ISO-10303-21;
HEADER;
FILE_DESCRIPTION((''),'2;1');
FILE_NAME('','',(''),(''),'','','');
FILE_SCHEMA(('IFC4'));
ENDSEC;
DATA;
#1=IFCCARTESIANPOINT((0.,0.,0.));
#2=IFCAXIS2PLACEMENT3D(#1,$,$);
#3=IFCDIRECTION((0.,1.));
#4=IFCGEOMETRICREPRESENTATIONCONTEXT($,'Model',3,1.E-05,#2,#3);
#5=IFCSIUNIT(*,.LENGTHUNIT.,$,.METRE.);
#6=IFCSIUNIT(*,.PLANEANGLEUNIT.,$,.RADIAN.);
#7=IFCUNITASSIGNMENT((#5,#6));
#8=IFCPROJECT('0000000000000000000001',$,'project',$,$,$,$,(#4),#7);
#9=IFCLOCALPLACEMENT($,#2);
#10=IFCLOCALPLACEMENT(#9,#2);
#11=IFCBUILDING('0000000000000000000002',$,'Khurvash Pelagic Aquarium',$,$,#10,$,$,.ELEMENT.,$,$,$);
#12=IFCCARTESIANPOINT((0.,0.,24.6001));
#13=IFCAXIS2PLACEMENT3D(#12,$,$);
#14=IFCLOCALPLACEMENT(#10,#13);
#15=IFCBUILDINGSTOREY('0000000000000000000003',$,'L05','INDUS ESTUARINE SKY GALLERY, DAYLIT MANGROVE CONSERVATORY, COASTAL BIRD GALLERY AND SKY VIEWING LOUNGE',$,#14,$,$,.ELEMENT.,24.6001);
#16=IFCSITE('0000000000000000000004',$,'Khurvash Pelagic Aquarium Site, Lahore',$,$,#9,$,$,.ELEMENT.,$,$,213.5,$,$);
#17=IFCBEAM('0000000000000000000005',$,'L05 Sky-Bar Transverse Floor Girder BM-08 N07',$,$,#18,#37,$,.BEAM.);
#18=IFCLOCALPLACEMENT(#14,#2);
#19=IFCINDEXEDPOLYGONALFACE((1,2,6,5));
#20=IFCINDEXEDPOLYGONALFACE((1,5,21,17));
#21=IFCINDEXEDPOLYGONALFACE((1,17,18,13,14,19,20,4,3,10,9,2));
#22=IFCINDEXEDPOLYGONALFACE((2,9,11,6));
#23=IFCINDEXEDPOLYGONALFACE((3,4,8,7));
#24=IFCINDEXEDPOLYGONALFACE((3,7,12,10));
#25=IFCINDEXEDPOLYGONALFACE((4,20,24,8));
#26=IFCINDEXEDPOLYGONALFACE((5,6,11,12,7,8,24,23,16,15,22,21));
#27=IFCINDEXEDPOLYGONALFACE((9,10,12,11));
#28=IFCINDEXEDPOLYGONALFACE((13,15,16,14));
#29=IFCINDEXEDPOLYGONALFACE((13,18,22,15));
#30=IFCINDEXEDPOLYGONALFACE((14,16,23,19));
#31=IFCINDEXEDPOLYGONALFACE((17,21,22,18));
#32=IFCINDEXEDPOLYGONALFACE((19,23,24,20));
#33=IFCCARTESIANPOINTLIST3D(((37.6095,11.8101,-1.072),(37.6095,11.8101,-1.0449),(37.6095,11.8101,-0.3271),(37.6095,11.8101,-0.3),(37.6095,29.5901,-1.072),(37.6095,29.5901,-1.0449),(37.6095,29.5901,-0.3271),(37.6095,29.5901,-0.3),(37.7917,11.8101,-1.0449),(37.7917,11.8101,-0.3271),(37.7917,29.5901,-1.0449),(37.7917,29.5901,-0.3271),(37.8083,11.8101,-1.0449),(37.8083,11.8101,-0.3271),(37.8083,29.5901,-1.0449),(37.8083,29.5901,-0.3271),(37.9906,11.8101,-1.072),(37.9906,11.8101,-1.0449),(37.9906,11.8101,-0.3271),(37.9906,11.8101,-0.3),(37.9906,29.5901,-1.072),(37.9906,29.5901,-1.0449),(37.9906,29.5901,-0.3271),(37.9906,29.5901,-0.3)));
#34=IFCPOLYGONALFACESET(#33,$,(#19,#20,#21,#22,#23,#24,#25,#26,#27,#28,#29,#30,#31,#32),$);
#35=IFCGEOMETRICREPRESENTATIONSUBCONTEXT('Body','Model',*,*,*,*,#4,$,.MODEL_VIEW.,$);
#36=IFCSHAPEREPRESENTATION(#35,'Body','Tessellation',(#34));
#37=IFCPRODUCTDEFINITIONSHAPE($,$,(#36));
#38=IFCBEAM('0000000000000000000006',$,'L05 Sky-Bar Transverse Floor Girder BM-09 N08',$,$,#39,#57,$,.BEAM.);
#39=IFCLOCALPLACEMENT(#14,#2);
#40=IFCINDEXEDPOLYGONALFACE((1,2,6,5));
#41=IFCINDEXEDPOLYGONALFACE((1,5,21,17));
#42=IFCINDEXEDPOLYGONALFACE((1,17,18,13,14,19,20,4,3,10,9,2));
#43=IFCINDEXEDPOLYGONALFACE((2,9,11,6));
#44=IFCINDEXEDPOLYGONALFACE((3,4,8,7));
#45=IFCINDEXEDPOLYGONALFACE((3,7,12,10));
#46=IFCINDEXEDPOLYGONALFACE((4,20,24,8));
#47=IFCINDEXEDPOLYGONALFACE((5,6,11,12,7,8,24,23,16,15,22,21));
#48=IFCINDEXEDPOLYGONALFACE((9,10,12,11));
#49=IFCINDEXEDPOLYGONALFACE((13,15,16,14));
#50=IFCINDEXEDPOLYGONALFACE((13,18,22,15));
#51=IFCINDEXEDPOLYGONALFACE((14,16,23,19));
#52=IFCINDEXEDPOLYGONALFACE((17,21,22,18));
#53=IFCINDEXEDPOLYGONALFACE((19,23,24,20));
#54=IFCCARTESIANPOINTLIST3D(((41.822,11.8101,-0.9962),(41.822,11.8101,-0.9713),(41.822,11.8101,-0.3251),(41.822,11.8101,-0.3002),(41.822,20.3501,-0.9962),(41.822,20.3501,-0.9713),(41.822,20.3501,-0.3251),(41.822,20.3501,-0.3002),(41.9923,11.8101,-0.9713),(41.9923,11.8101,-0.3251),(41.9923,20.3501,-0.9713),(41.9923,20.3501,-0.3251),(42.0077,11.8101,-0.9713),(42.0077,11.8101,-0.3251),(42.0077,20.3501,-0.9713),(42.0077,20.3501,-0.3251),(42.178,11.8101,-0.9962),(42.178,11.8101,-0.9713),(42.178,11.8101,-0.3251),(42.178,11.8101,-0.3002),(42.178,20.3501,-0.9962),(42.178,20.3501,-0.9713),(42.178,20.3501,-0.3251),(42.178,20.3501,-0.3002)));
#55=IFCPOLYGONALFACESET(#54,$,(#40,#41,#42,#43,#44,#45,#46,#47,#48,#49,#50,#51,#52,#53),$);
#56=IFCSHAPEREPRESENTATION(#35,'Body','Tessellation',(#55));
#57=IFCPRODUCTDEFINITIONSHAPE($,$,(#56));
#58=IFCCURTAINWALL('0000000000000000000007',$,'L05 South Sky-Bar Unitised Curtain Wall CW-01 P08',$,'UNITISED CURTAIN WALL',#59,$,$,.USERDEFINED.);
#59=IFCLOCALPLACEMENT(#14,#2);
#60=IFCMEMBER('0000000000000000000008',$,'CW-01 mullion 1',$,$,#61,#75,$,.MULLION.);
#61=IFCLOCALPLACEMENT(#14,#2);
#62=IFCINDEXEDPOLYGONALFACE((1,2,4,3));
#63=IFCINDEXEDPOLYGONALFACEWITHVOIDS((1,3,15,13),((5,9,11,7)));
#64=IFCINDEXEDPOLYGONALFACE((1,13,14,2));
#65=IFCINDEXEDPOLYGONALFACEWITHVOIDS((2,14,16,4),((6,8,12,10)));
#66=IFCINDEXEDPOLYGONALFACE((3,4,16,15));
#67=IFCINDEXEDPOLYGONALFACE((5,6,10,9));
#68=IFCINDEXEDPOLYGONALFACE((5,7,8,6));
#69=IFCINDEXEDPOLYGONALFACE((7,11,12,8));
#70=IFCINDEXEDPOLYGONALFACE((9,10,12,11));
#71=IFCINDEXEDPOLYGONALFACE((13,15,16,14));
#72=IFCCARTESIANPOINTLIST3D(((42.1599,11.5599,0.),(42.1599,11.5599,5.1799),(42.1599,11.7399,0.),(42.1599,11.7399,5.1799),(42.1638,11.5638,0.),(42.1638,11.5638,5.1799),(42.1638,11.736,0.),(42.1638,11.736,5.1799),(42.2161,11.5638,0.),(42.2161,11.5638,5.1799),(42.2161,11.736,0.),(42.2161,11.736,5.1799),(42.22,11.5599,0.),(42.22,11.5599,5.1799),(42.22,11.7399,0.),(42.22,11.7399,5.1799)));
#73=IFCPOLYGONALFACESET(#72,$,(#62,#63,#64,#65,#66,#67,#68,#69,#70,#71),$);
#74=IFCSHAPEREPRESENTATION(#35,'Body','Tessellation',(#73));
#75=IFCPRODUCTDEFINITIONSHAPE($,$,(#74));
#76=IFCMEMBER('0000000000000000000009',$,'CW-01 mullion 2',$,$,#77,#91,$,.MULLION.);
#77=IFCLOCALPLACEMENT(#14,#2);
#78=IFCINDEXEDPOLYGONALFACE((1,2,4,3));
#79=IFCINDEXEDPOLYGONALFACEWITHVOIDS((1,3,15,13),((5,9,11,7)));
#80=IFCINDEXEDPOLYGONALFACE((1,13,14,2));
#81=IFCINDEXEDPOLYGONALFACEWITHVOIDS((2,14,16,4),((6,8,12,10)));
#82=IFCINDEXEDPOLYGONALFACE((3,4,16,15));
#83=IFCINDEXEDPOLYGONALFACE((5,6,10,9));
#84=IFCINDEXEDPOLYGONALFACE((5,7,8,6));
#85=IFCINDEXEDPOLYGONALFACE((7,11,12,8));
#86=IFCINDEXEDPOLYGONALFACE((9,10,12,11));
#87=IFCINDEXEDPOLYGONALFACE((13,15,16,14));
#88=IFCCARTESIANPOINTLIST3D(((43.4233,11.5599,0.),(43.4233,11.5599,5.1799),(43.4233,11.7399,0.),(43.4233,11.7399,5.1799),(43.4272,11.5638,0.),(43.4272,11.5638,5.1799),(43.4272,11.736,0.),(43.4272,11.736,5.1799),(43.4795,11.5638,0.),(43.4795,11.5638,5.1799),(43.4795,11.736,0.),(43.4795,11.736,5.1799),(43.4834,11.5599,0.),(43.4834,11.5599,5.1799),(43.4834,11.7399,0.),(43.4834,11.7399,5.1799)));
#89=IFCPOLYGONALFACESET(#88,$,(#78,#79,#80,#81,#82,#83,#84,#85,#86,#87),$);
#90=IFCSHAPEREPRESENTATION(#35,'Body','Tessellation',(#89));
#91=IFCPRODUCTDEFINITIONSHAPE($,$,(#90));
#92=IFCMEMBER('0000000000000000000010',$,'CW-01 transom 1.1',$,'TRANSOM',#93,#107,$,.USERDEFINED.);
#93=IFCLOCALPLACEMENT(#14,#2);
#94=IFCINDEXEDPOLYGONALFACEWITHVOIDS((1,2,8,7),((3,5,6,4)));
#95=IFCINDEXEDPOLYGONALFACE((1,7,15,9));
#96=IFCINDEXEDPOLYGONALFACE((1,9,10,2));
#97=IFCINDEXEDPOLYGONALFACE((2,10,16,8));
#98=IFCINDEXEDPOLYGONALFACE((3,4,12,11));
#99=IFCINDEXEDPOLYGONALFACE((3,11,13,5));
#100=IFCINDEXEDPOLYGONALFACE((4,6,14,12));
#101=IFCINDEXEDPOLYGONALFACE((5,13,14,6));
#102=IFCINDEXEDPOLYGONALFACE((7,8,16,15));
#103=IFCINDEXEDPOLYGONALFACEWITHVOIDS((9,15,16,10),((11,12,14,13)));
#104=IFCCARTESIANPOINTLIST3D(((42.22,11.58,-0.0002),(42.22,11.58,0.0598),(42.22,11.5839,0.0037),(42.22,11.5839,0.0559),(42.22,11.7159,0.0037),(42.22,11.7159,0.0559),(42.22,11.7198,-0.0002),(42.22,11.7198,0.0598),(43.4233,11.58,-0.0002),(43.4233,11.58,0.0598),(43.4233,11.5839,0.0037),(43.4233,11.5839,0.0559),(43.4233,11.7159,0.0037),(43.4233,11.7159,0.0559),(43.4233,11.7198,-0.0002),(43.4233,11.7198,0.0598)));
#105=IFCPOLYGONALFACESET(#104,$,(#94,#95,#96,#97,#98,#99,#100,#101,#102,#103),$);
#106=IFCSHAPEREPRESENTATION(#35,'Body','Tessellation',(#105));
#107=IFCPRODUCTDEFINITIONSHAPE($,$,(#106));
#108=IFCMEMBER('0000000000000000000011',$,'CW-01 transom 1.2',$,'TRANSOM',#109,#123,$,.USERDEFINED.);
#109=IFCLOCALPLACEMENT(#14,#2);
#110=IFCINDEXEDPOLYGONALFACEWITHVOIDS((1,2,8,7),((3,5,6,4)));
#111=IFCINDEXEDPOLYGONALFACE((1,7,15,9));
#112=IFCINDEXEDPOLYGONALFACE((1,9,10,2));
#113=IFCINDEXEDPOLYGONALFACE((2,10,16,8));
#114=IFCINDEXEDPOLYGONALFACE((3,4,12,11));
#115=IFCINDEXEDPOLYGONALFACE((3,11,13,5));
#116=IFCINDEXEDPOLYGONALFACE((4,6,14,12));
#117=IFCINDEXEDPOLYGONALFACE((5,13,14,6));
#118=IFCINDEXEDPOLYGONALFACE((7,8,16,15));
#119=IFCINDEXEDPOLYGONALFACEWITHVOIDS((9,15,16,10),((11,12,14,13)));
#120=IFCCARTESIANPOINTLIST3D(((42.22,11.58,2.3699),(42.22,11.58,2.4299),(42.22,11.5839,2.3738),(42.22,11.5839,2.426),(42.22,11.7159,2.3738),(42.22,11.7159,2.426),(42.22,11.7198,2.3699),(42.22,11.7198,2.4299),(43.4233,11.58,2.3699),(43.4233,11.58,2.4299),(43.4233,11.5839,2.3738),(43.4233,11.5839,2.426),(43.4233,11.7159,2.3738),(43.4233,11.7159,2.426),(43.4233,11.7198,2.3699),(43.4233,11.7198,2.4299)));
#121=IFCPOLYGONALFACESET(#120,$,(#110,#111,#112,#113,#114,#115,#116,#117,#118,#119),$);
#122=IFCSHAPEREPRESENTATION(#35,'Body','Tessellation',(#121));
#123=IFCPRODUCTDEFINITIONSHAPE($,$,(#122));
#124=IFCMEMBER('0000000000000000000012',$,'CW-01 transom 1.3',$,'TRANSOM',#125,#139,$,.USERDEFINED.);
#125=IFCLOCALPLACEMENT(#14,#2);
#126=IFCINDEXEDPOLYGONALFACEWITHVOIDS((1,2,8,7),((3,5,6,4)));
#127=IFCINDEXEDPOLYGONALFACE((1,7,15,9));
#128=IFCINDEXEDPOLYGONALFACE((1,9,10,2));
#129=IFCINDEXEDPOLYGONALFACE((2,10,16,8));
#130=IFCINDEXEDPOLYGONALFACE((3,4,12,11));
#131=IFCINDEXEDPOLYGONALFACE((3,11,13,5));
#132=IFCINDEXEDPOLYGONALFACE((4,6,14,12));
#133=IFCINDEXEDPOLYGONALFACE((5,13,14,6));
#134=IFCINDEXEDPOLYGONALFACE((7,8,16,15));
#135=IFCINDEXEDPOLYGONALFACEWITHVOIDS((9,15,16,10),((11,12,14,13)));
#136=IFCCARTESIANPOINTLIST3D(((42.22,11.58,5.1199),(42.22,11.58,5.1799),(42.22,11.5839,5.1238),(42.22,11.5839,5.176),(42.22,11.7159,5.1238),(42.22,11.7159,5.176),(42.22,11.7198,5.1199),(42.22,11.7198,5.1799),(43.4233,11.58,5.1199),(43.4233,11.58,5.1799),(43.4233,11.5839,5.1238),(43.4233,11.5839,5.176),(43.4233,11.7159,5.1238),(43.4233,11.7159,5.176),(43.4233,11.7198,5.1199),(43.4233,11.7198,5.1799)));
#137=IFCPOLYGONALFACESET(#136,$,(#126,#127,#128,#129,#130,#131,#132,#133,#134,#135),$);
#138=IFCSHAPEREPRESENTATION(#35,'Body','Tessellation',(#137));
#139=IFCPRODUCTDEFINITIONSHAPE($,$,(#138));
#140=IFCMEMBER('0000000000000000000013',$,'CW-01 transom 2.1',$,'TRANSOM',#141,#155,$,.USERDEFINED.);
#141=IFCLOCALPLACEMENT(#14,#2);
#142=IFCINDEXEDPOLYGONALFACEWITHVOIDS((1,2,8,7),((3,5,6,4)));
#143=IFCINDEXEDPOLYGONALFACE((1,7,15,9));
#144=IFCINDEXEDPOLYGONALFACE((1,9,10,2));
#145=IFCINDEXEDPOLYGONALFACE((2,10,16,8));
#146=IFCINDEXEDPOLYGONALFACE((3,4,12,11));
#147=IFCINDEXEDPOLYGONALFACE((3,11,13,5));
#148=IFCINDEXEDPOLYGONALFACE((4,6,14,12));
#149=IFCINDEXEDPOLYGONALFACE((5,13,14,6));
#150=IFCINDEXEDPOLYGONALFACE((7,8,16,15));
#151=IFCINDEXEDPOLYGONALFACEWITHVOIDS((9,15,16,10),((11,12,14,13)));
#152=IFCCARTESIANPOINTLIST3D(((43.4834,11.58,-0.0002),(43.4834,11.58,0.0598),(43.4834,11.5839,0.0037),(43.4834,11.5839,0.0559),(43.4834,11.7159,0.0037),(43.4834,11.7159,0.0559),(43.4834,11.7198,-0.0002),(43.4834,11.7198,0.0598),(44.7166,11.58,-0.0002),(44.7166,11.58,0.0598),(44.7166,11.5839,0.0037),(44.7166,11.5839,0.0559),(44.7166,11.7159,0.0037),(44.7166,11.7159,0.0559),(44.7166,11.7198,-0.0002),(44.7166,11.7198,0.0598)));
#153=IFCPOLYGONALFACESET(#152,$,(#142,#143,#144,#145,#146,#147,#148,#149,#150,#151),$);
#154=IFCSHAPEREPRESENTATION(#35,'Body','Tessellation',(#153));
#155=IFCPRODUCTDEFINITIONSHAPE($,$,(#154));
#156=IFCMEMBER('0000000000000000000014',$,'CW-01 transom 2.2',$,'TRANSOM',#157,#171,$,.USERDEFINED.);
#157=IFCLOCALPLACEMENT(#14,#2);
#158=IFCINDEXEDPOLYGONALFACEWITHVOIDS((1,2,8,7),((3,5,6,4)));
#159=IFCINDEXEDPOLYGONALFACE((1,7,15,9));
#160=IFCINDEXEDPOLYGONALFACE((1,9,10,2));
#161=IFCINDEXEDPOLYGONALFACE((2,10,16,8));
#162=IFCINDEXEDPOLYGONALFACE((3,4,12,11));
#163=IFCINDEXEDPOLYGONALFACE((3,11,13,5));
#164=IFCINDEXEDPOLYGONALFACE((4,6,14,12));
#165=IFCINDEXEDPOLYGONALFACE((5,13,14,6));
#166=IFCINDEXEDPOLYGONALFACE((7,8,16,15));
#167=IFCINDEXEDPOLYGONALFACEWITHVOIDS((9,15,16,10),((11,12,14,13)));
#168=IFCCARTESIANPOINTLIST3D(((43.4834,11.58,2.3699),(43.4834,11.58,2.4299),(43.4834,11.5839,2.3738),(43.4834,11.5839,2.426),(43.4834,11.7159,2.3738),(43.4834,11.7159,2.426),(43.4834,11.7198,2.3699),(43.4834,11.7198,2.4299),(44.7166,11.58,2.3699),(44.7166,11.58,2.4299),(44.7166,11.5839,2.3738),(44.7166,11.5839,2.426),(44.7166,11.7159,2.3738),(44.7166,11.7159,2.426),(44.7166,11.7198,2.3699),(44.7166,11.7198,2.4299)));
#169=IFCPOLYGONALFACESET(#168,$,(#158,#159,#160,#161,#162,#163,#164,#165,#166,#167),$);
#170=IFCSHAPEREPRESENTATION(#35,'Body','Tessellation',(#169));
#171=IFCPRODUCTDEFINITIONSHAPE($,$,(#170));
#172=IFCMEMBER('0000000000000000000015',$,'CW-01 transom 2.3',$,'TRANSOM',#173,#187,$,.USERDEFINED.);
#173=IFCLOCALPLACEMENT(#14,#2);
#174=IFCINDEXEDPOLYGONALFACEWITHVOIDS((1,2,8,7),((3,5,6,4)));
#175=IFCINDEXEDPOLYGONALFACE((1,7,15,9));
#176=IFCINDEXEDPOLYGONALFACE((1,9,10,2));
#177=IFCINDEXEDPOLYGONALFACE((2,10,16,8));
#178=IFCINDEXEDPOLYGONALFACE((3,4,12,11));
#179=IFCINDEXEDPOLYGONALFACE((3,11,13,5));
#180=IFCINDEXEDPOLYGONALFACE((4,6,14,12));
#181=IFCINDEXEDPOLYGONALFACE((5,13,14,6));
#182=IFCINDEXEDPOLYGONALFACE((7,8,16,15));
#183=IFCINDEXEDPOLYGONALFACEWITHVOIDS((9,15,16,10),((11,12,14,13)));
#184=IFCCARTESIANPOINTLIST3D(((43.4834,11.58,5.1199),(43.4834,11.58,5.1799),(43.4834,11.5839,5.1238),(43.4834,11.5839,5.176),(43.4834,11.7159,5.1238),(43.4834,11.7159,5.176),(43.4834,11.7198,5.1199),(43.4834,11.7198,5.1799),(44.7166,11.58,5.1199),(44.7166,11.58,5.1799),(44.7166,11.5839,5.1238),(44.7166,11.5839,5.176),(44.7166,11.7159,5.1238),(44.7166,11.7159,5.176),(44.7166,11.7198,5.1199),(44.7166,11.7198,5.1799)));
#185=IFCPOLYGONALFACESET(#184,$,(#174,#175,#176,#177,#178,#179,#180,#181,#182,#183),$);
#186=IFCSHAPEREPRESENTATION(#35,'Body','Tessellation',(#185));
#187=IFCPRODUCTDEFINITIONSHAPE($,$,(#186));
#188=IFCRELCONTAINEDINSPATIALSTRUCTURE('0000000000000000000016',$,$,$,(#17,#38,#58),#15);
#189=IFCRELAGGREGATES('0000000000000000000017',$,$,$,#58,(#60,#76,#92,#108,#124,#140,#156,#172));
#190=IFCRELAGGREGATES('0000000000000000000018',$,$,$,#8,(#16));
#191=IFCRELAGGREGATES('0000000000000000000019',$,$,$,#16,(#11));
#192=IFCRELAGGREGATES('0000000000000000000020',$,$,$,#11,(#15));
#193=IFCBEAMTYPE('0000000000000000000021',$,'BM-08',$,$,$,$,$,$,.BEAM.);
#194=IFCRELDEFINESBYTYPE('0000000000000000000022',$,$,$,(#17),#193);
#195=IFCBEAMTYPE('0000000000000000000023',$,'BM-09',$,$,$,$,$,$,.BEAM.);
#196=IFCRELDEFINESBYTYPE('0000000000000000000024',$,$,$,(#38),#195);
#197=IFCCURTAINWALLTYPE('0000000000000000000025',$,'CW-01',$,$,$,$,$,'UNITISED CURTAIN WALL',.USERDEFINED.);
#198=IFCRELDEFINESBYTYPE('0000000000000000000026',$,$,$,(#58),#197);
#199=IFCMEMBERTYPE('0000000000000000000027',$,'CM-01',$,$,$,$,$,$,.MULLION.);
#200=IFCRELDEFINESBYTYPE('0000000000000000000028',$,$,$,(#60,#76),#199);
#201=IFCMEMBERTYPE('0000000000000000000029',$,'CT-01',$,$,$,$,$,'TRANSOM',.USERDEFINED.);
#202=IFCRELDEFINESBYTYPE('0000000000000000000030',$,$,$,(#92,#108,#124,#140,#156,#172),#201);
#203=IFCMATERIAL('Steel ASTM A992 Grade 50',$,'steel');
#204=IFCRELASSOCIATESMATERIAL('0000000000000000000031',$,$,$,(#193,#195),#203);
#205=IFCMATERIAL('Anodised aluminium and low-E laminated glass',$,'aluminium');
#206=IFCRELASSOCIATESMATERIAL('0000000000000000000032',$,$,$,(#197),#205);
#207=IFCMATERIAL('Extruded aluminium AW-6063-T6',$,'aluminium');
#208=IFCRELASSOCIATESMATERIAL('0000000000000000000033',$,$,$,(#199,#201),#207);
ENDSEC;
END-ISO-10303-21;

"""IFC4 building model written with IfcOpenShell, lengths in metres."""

from ifc_helpers import new_model, si_unit, direction, frame, origin, origin_2d, place, context, subcontext, project, spatial, hollow_rectangle, i_section, extrude, material, material_profile, profile_set, type_object, element, aggregate, save


model = new_model("IFC4")

# Units and contexts
model_context = context("Model", 3, precision=1e-05, world=origin(), true_north=direction((0.0, 1.0)))
body_context = subcontext(model_context, "Body", "Model", "MODEL_VIEW")
ifc_project = project(units=[si_unit("LENGTHUNIT", "METRE"), si_unit("PLANEANGLEUNIT", "RADIAN")], contexts=[model_context])

# Site, building, storey
site_placement = place(None, origin())
site = spatial("IfcSite", under=ifc_project, at=site_placement, Name="Khurvash Pelagic Aquarium Site, Lahore", CompositionType="ELEMENT", RefElevation=213.5)
building_placement = place(site_placement, origin())
building = spatial("IfcBuilding", under=site, at=building_placement, Name="Khurvash Pelagic Aquarium", CompositionType="ELEMENT")
storey_placement = place(building_placement, frame((0.0, 0.0, 24.6001)))
storey = spatial("IfcBuildingStorey", under=building, at=storey_placement, Name="L05", Description="INDUS ESTUARINE SKY GALLERY, DAYLIT MANGROVE CONSERVATORY, COASTAL BIRD GALLERY AND SKY VIEWING LOUNGE", CompositionType="ELEMENT", Elevation=24.6001)

# Beams
ifc_material_1 = material(Name="Steel ASTM A992 Grade 50", Category="steel")
ifc_material_profile_1 = material_profile(ifc_material_1, i_section(OverallWidth=0.3811, OverallDepth=0.772, WebThickness=0.0166, FlangeThickness=0.0271, at=origin_2d()), Name="W30X173")
ifc_profile_set_1 = profile_set([ifc_material_profile_1], Name="Steel ASTM A992 Grade 50")
beam_type_1 = type_object("IfcBeamType", Name="BM-08", PredefinedType="BEAM", material=ifc_profile_set_1)
beam_1_placement = place(storey_placement, frame((37.8, 11.8101, -0.686), z_axis=(0.0, 1.0, 0.0), x_axis=(-1.0, 0.0, 0.0)))
element("IfcBeam", 1, at=beam_1_placement, inside=storey, type_object=beam_type_1, Name="L05 Sky-Bar Transverse Floor Girder BM-08 N07", PredefinedType="BEAM", context=body_context, shape_type="SweptSolid", body=[
    extrude(i_section(OverallWidth=0.3811, OverallDepth=0.772, WebThickness=0.0166, FlangeThickness=0.0271, at=origin_2d()), origin(), (0.0, 0.0, 1.0), 17.78),
])
ifc_material_profile_2 = material_profile(ifc_material_1, i_section(OverallWidth=0.356, OverallDepth=0.696, WebThickness=0.0154, FlangeThickness=0.0249, at=origin_2d()), Name="W27X146")
ifc_profile_set_2 = profile_set([ifc_material_profile_2], Name="Steel ASTM A992 Grade 50")
beam_type_2 = type_object("IfcBeamType", Name="BM-09", PredefinedType="BEAM", material=ifc_profile_set_2)
beam_2_placement = place(storey_placement, frame((42.0, 11.8101, -0.6482), z_axis=(0.0, 1.0, 0.0), x_axis=(-1.0, 0.0, 0.0)))
element("IfcBeam", 2, at=beam_2_placement, inside=storey, type_object=beam_type_2, Name="L05 Sky-Bar Transverse Floor Girder BM-09 N08", PredefinedType="BEAM", context=body_context, shape_type="SweptSolid", body=[
    extrude(i_section(OverallWidth=0.356, OverallDepth=0.696, WebThickness=0.0154, FlangeThickness=0.0249, at=origin_2d()), origin(), (0.0, 0.0, 1.0), 8.54),
])

# Curtain wall, members
ifc_material_2 = material(Name="Anodised aluminium and low-E laminated glass", Category="aluminium")
curtain_wall_type = type_object("IfcCurtainWallType", Name="CW-01", ElementType="UNITISED CURTAIN WALL", PredefinedType="USERDEFINED", material=ifc_material_2)
curtain_wall_placement = place(storey_placement, origin())
curtain_wall = element("IfcCurtainWall", 3, at=curtain_wall_placement, inside=storey, type_object=curtain_wall_type, Name="L05 South Sky-Bar Unitised Curtain Wall CW-01 P08", ObjectType="UNITISED CURTAIN WALL", PredefinedType="USERDEFINED")
ifc_material_3 = material(Name="Extruded aluminium AW-6063-T6", Category="aluminium")
ifc_material_profile_3 = material_profile(ifc_material_3, hollow_rectangle(XDim=0.0601, YDim=0.1799, WallThickness=0.0039, at=origin_2d()), Name="CWM60X180X4")
ifc_profile_set_3 = profile_set([ifc_material_profile_3], Name="Extruded aluminium AW-6063-T6")
member_type_1 = type_object("IfcMemberType", Name="CM-01", PredefinedType="MULLION", material=ifc_profile_set_3)
member_1_placement = place(storey_placement, frame((42.1899, 11.6499, 0.0), z_axis=(0.0, 0.0, 1.0), x_axis=(1.0, 0.0, 0.0)))
member_1 = element("IfcMember", 4, at=member_1_placement, type_object=member_type_1, Name="CW-01 mullion 1", PredefinedType="MULLION", context=body_context, shape_type="SweptSolid", body=[
    extrude(hollow_rectangle(XDim=0.0601, YDim=0.1799, WallThickness=0.0039, at=origin_2d()), origin(), (0.0, 0.0, 1.0), 5.1799),
])
member_2_placement = place(storey_placement, frame((43.4534, 11.6499, 0.0), z_axis=(0.0, 0.0, 1.0), x_axis=(1.0, 0.0, 0.0)))
member_2 = element("IfcMember", 5, at=member_2_placement, type_object=member_type_1, Name="CW-01 mullion 2", PredefinedType="MULLION", context=body_context, shape_type="SweptSolid", body=[
    extrude(hollow_rectangle(XDim=0.0601, YDim=0.1799, WallThickness=0.0039, at=origin_2d()), origin(), (0.0, 0.0, 1.0), 5.1799),
])
ifc_material_profile_4 = material_profile(ifc_material_3, hollow_rectangle(XDim=0.1399, YDim=0.0601, WallThickness=0.0039, at=origin_2d()), Name="CWT140X60X4")
ifc_profile_set_4 = profile_set([ifc_material_profile_4], Name="Extruded aluminium AW-6063-T6")
member_type_2 = type_object("IfcMemberType", Name="CT-01", ElementType="TRANSOM", PredefinedType="USERDEFINED", material=ifc_profile_set_4)
member_3_placement = place(storey_placement, frame((42.22, 11.6499, 0.0298), z_axis=(1.0, 0.0, 0.0), x_axis=(0.0, 1.0, 0.0)))
member_3 = element("IfcMember", 6, at=member_3_placement, type_object=member_type_2, Name="CW-01 transom 1.1", ObjectType="TRANSOM", PredefinedType="USERDEFINED", context=body_context, shape_type="SweptSolid", body=[
    extrude(hollow_rectangle(XDim=0.1399, YDim=0.0601, WallThickness=0.0039, at=origin_2d()), origin(), (0.0, 0.0, 1.0), 1.2034),
])
member_4_placement = place(storey_placement, frame((42.22, 11.6499, 2.3999), z_axis=(1.0, 0.0, 0.0), x_axis=(0.0, 1.0, 0.0)))
member_4 = element("IfcMember", 7, at=member_4_placement, type_object=member_type_2, Name="CW-01 transom 1.2", ObjectType="TRANSOM", PredefinedType="USERDEFINED", context=body_context, shape_type="SweptSolid", body=[
    extrude(hollow_rectangle(XDim=0.1399, YDim=0.0601, WallThickness=0.0039, at=origin_2d()), origin(), (0.0, 0.0, 1.0), 1.2034),
])
member_5_placement = place(storey_placement, frame((42.22, 11.6499, 5.1499), z_axis=(1.0, 0.0, 0.0), x_axis=(0.0, 1.0, 0.0)))
member_5 = element("IfcMember", 8, at=member_5_placement, type_object=member_type_2, Name="CW-01 transom 1.3", ObjectType="TRANSOM", PredefinedType="USERDEFINED", context=body_context, shape_type="SweptSolid", body=[
    extrude(hollow_rectangle(XDim=0.1399, YDim=0.0601, WallThickness=0.0039, at=origin_2d()), origin(), (0.0, 0.0, 1.0), 1.2034),
])
member_6_placement = place(storey_placement, frame((43.4834, 11.6499, 0.0298), z_axis=(1.0, 0.0, 0.0), x_axis=(0.0, 1.0, 0.0)))
member_6 = element("IfcMember", 9, at=member_6_placement, type_object=member_type_2, Name="CW-01 transom 2.1", ObjectType="TRANSOM", PredefinedType="USERDEFINED", context=body_context, shape_type="SweptSolid", body=[
    extrude(hollow_rectangle(XDim=0.1399, YDim=0.0601, WallThickness=0.0039, at=origin_2d()), origin(), (0.0, 0.0, 1.0), 1.2332),
])
member_7_placement = place(storey_placement, frame((43.4834, 11.6499, 2.3999), z_axis=(1.0, 0.0, 0.0), x_axis=(0.0, 1.0, 0.0)))
member_7 = element("IfcMember", 10, at=member_7_placement, type_object=member_type_2, Name="CW-01 transom 2.2", ObjectType="TRANSOM", PredefinedType="USERDEFINED", context=body_context, shape_type="SweptSolid", body=[
    extrude(hollow_rectangle(XDim=0.1399, YDim=0.0601, WallThickness=0.0039, at=origin_2d()), origin(), (0.0, 0.0, 1.0), 1.2332),
])
member_8_placement = place(storey_placement, frame((43.4834, 11.6499, 5.1499), z_axis=(1.0, 0.0, 0.0), x_axis=(0.0, 1.0, 0.0)))
member_8 = element("IfcMember", 11, at=member_8_placement, type_object=member_type_2, Name="CW-01 transom 2.3", ObjectType="TRANSOM", PredefinedType="USERDEFINED", context=body_context, shape_type="SweptSolid", body=[
    extrude(hollow_rectangle(XDim=0.1399, YDim=0.0601, WallThickness=0.0039, at=origin_2d()), origin(), (0.0, 0.0, 1.0), 1.2332),
])

aggregate(curtain_wall, [member_1, member_2, member_3, member_4, member_5, member_6, member_7, member_8])

save(model, "model.ifc")
